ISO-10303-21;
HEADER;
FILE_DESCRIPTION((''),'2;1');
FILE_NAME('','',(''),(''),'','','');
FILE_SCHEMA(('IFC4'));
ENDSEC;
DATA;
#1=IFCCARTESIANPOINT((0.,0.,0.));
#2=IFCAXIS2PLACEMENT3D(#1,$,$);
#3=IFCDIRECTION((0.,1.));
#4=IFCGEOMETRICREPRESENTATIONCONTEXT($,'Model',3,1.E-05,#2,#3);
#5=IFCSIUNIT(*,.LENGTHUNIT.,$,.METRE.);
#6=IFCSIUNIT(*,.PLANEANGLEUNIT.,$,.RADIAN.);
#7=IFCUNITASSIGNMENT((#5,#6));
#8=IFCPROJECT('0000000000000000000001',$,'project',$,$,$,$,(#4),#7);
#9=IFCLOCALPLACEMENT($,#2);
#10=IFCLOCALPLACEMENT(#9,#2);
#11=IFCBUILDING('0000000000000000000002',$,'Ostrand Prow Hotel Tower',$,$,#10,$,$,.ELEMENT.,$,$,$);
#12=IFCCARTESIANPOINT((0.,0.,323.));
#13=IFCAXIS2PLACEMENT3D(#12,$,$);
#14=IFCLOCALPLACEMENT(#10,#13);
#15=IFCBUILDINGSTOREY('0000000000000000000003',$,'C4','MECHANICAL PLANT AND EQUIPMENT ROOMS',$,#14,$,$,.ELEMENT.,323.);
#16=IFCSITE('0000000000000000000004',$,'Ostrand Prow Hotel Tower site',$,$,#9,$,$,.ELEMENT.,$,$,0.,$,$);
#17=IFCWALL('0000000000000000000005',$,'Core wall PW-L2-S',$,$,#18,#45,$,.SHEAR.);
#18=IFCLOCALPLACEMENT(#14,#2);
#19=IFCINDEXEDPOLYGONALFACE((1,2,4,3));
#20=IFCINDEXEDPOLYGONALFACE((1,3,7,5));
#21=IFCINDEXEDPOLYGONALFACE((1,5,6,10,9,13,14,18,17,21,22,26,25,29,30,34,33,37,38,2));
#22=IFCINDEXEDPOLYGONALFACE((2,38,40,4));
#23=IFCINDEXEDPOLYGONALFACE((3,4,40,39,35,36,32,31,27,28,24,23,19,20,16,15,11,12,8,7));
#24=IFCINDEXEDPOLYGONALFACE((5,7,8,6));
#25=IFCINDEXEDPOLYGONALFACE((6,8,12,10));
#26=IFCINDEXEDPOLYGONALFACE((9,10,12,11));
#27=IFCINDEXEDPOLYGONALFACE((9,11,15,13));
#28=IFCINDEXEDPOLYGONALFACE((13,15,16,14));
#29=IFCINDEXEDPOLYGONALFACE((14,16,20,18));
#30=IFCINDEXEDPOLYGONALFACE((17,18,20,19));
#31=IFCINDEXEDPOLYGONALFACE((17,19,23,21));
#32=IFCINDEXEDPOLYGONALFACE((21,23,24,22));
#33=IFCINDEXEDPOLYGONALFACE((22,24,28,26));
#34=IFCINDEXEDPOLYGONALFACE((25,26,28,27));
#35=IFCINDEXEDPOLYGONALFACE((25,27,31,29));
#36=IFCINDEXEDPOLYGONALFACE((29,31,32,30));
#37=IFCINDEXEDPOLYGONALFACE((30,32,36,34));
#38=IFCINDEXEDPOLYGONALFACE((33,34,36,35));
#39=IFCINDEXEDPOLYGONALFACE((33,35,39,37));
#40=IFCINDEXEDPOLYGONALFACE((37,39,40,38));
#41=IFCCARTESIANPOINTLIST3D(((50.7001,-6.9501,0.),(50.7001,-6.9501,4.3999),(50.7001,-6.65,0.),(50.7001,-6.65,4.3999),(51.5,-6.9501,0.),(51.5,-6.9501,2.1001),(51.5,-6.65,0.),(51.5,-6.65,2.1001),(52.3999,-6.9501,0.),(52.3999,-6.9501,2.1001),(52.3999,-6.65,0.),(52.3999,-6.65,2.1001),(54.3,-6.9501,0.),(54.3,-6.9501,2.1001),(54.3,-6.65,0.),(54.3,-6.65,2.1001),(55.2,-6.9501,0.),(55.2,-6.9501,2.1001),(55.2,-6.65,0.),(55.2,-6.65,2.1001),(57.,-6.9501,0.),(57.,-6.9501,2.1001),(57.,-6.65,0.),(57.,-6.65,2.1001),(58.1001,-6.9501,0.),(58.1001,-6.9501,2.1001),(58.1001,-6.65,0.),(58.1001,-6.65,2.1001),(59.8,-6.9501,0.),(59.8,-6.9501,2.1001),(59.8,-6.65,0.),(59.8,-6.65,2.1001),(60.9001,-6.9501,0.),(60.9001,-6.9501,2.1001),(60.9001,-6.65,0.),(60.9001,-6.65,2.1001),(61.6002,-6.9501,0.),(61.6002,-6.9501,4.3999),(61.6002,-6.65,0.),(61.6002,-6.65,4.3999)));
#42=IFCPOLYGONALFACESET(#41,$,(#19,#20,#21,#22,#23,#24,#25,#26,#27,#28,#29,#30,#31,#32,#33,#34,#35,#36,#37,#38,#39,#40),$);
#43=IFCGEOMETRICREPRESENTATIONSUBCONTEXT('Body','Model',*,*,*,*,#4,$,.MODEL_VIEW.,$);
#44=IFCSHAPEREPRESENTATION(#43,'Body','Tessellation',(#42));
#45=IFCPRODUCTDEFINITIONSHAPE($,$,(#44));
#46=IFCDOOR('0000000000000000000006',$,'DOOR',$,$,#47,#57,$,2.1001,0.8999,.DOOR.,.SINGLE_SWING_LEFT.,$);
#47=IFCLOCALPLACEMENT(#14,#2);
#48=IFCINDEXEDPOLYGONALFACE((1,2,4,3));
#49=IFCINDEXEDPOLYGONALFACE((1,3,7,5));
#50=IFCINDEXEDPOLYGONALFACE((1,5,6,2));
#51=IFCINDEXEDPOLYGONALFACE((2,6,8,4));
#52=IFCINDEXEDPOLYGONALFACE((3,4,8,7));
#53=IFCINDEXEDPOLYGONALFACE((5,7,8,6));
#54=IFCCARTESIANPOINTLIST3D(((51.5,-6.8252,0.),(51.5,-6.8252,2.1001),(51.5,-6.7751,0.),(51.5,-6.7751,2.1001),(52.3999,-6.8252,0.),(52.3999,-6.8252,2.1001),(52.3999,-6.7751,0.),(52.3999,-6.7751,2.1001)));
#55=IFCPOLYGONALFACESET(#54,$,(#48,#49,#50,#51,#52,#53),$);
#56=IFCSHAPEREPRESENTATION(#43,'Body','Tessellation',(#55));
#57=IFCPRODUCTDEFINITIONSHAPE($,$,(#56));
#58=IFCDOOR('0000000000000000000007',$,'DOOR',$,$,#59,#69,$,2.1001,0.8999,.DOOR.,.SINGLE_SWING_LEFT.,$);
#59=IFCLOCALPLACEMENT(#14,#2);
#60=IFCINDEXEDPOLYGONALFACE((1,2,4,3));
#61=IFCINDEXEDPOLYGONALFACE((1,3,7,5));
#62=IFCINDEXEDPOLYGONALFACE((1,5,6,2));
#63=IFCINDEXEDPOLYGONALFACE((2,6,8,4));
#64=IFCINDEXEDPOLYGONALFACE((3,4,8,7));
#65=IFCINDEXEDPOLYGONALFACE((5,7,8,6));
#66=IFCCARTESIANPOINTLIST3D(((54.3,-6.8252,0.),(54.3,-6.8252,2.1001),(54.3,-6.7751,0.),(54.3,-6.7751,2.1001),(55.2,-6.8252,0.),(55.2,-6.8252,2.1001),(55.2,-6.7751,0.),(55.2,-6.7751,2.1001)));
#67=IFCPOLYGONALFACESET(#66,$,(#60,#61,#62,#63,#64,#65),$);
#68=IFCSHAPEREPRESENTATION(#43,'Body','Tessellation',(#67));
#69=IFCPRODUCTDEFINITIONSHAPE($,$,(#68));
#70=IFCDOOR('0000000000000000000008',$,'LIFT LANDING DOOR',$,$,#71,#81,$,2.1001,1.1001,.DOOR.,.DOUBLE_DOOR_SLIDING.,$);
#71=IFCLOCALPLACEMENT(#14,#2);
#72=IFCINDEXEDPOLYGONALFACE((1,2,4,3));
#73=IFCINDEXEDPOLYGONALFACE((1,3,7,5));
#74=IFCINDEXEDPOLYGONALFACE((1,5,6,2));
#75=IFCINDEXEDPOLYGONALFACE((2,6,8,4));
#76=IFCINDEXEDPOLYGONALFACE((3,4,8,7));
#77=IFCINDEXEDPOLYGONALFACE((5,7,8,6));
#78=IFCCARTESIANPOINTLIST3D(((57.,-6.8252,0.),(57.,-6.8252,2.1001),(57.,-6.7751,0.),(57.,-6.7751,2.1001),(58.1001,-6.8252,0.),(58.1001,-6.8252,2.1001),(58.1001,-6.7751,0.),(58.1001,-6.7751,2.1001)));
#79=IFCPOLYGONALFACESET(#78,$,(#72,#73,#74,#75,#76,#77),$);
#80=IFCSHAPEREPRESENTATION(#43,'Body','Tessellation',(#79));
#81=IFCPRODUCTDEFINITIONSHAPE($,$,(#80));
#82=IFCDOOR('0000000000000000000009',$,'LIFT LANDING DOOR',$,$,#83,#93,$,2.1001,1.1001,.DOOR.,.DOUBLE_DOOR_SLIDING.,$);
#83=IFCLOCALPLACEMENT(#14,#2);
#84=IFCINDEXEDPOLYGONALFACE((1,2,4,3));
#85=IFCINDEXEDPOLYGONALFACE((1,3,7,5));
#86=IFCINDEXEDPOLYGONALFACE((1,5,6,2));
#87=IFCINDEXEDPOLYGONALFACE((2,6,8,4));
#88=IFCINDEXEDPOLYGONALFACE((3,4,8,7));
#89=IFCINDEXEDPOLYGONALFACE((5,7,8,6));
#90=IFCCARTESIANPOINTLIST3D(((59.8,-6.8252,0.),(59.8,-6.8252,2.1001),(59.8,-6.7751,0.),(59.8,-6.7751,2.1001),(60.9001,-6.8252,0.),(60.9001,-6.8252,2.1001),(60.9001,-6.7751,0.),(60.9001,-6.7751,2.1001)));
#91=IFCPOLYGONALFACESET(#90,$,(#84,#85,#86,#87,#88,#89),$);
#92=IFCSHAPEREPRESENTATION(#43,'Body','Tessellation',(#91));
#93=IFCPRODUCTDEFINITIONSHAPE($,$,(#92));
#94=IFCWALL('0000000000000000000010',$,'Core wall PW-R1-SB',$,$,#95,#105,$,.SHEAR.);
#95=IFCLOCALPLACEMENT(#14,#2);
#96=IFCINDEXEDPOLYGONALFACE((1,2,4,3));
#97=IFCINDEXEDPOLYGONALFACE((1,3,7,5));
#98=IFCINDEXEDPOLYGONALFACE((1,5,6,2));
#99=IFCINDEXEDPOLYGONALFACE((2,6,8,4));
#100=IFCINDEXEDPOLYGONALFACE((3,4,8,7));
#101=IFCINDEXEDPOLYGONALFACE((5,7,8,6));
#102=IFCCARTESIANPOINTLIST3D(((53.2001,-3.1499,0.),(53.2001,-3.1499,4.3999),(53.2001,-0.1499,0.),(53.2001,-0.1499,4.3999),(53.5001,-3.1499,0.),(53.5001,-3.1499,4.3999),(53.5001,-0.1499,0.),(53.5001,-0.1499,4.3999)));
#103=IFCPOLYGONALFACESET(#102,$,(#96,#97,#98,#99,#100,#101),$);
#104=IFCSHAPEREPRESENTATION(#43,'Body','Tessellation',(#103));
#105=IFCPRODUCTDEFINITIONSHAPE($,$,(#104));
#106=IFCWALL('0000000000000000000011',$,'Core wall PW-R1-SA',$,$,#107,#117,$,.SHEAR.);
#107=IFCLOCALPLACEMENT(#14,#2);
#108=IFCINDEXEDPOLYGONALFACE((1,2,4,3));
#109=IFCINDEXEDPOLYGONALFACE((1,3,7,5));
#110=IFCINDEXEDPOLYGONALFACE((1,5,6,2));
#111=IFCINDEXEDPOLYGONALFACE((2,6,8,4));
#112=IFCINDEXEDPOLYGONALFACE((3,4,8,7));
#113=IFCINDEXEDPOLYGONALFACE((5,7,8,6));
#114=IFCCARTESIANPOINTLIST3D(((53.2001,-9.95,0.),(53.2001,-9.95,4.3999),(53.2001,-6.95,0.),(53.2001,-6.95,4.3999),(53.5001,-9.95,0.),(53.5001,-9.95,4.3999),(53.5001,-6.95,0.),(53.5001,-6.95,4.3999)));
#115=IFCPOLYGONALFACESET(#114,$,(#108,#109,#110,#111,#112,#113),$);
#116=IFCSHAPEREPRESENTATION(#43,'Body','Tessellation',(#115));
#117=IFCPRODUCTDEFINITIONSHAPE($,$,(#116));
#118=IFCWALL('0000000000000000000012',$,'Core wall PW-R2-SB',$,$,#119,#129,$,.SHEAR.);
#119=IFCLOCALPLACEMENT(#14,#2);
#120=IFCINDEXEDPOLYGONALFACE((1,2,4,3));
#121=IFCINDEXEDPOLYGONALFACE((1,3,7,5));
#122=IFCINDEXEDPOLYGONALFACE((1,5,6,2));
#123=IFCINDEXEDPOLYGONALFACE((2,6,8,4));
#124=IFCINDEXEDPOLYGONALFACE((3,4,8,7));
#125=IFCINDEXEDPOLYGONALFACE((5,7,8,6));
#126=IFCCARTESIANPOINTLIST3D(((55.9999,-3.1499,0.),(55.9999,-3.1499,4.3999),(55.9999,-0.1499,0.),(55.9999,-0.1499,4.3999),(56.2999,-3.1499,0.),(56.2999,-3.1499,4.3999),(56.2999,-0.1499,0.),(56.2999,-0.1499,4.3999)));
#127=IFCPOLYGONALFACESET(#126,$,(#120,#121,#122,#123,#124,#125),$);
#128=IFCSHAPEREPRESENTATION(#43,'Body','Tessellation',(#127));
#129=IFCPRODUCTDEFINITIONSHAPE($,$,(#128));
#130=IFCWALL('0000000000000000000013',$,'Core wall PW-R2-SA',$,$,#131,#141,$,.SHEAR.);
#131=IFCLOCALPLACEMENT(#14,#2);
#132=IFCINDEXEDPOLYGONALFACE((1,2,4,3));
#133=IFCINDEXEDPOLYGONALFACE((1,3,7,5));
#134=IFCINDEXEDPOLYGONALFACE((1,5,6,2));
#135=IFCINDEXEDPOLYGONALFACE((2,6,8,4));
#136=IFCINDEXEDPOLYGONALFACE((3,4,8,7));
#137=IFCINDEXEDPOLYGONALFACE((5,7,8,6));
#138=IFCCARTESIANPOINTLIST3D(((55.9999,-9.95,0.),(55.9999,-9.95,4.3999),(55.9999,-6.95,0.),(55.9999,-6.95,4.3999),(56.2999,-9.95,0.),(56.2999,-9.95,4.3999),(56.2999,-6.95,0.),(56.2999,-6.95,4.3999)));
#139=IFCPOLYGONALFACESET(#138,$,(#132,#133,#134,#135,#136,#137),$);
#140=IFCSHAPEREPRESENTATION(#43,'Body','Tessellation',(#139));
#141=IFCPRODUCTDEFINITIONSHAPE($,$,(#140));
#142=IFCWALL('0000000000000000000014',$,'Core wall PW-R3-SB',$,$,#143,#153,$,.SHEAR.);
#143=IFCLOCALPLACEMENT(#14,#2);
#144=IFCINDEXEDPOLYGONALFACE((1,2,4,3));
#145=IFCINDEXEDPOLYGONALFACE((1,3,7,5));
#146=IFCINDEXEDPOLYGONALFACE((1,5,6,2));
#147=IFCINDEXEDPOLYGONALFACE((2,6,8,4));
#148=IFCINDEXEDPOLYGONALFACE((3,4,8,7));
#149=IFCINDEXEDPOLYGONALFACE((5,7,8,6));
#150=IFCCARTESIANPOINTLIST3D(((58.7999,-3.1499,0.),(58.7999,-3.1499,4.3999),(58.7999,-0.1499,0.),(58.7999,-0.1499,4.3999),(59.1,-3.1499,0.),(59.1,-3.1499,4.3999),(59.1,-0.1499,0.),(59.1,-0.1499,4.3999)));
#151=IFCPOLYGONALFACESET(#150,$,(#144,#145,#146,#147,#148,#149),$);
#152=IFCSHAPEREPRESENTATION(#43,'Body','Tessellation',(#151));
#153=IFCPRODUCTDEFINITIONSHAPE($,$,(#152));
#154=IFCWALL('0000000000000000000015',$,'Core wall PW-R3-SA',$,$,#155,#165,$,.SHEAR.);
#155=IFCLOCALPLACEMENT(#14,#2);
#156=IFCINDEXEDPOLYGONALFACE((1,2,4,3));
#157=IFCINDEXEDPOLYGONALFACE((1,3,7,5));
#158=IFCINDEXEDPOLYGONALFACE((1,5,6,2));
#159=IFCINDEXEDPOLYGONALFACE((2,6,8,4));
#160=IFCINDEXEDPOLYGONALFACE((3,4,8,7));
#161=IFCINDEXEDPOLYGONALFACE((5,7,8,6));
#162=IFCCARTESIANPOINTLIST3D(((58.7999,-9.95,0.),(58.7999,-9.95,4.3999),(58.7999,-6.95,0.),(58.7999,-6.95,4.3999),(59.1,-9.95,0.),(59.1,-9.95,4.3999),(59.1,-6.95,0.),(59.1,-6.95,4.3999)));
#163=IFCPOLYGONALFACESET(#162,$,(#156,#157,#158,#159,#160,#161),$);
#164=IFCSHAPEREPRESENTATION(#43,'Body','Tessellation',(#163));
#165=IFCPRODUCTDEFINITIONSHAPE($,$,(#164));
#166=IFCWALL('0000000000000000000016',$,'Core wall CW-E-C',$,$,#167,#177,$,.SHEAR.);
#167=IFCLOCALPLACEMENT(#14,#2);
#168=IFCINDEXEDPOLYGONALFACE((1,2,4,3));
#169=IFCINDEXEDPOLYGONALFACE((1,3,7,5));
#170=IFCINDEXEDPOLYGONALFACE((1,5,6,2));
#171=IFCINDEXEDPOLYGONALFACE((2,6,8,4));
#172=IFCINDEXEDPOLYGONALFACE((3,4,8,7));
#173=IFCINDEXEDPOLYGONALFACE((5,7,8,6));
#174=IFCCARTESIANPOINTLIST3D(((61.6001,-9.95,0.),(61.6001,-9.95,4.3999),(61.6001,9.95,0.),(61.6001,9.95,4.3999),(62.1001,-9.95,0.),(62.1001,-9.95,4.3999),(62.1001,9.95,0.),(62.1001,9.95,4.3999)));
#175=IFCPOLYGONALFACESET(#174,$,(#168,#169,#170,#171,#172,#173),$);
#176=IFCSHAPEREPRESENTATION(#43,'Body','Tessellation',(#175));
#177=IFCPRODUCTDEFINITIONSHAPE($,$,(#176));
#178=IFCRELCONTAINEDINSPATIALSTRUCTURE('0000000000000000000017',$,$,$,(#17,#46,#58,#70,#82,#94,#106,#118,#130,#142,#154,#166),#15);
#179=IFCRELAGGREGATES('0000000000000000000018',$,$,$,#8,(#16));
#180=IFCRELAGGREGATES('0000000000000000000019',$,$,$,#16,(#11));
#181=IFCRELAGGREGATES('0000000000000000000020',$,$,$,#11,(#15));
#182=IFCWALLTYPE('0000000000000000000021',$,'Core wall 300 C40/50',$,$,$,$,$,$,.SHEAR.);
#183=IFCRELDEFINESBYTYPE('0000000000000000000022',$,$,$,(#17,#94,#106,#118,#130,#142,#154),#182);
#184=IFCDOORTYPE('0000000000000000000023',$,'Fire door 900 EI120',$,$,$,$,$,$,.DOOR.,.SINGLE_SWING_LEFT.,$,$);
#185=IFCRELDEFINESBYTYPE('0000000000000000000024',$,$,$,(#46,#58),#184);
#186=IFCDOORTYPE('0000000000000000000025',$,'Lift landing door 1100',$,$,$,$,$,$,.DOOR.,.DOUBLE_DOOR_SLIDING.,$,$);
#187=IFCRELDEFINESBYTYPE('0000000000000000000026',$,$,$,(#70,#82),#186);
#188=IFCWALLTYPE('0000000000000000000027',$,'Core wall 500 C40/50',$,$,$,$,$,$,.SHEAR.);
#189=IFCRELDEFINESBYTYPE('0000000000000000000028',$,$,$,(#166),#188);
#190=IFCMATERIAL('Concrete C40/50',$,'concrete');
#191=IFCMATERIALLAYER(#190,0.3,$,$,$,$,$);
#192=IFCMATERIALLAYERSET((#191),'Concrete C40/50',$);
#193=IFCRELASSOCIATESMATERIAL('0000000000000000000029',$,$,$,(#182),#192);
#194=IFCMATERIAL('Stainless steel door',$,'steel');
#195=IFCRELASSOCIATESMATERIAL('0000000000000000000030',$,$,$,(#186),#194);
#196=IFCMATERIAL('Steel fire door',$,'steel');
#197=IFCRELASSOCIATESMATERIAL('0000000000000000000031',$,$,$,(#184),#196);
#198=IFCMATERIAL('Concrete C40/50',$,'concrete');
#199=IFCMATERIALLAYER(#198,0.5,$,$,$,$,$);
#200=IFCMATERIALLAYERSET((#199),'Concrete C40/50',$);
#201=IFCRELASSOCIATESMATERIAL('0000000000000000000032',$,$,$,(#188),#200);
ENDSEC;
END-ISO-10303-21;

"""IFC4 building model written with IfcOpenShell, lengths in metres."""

from ifc_helpers import new_model, si_unit, direction, frame, frame_2d, origin, place, context, subcontext, project, spatial, rectangle, extrude, material, layer, layer_set, type_object, element, fill, save


model = new_model("IFC4")

# Units and contexts
model_context = context("Model", 3, precision=1e-05, world=origin(), true_north=direction((0.0, 1.0)))
body_context = subcontext(model_context, "Body", "Model", "MODEL_VIEW")
ifc_project = project(units=[si_unit("LENGTHUNIT", "METRE"), si_unit("PLANEANGLEUNIT", "RADIAN")], contexts=[model_context])

# Site, building, storey
site_placement = place(None, origin())
site = spatial("IfcSite", under=ifc_project, at=site_placement, Name="Ostrand Prow Hotel Tower site", CompositionType="ELEMENT", RefElevation=0.0)
building_placement = place(site_placement, origin())
building = spatial("IfcBuilding", under=site, at=building_placement, Name="Ostrand Prow Hotel Tower", CompositionType="ELEMENT")
storey_placement = place(building_placement, frame((0.0, 0.0, 323.0)))
storey = spatial("IfcBuildingStorey", under=building, at=storey_placement, Name="C4", Description="MECHANICAL PLANT AND EQUIPMENT ROOMS", CompositionType="ELEMENT", Elevation=323.0)

# Shared definitions
ifc_material_1 = material(Name="Concrete C40/50", Category="concrete")
ifc_layer_1 = layer(ifc_material_1, 0.3)
ifc_layer_set_1 = layer_set([ifc_layer_1], Name="Concrete C40/50")
wall_type_1 = type_object("IfcWallType", Name="Core wall 300 C40/50", PredefinedType="SHEAR", material=ifc_layer_set_1)

# Shared definitions
ifc_material_2 = material(Name="Stainless steel door", Category="steel")
door_type_1 = type_object("IfcDoorType", Name="Lift landing door 1100", OperationType="DOUBLE_DOOR_SLIDING", PredefinedType="DOOR", material=ifc_material_2)

# Wall, openings, doors
wall_1_placement = place(storey_placement, frame((50.7, -6.8, 0.0), z_axis=(0.0, 0.0, 1.0), x_axis=(1.0, 0.0, 0.0)))
wall_1 = element("IfcWall", 1, at=wall_1_placement, inside=storey, type_object=wall_type_1, Name="Core wall PW-L2-S", PredefinedType="SHEAR", context=body_context, shape_type="SweptSolid", body=[
    extrude(rectangle(XDim=10.9001, YDim=0.3, at=frame_2d((5.4502, 0.0))), origin(), (0.0, 0.0, 1.0), 4.3999),
])
opening_1_placement = place(wall_1_placement, frame((6.3, 0.0, 0.0)))
opening_1 = element("IfcOpeningElement", 2, at=opening_1_placement, cuts=wall_1, PredefinedType="OPENING", context=body_context, shape_type="SweptSolid", body=[
    extrude(rectangle(XDim=1.1001, YDim=2.1001, at=frame_2d((0.55, 1.05))), frame((0.0, 0.1599, 0.0), z_axis=(0.0, -1.0, 0.0), x_axis=(1.0, 0.0, 0.0)), (0.0, 0.0, 1.0), 0.3201),
])
opening_2_placement = place(wall_1_placement, frame((9.1001, 0.0, 0.0)))
opening_2 = element("IfcOpeningElement", 3, at=opening_2_placement, cuts=wall_1, PredefinedType="OPENING", context=body_context, shape_type="SweptSolid", body=[
    extrude(rectangle(XDim=1.1001, YDim=2.1001, at=frame_2d((0.55, 1.05))), frame((0.0, 0.1599, 0.0), z_axis=(0.0, -1.0, 0.0), x_axis=(1.0, 0.0, 0.0)), (0.0, 0.0, 1.0), 0.3201),
])
opening_3_placement = place(wall_1_placement, frame((0.8, 0.0, 0.0)))
opening_3 = element("IfcOpeningElement", 4, at=opening_3_placement, cuts=wall_1, PredefinedType="OPENING", context=body_context, shape_type="SweptSolid", body=[
    extrude(rectangle(XDim=0.8999, YDim=2.1001, at=frame_2d((0.45, 1.05))), frame((0.0, 0.1599, 0.0), z_axis=(0.0, -1.0, 0.0), x_axis=(1.0, 0.0, 0.0)), (0.0, 0.0, 1.0), 0.3201),
])
opening_4_placement = place(wall_1_placement, frame((3.6001, 0.0, 0.0)))
opening_4 = element("IfcOpeningElement", 5, at=opening_4_placement, cuts=wall_1, PredefinedType="OPENING", context=body_context, shape_type="SweptSolid", body=[
    extrude(rectangle(XDim=0.8999, YDim=2.1001, at=frame_2d((0.45, 1.05))), frame((0.0, 0.1599, 0.0), z_axis=(0.0, -1.0, 0.0), x_axis=(1.0, 0.0, 0.0)), (0.0, 0.0, 1.0), 0.3201),
])
ifc_material_3 = material(Name="Steel fire door", Category="steel")
door_type_2 = type_object("IfcDoorType", Name="Fire door 900 EI120", OperationType="SINGLE_SWING_LEFT", PredefinedType="DOOR", material=ifc_material_3)
door_1_placement = place(opening_3_placement, origin())
door_1 = element("IfcDoor", 6, at=door_1_placement, inside=storey, type_object=door_type_2, Name="DOOR", OperationType="SINGLE_SWING_LEFT", OverallHeight=2.1001, OverallWidth=0.8999, PredefinedType="DOOR", context=body_context, shape_type="SweptSolid", body=[
    extrude(rectangle(XDim=0.8999, YDim=2.1001, at=frame_2d((0.45, 1.05))), frame((0.0, 0.0249, 0.0), z_axis=(0.0, -1.0, 0.0), x_axis=(1.0, 0.0, 0.0)), (0.0, 0.0, 1.0), 0.05),
])
fill(opening_3, door_1)
door_2_placement = place(opening_4_placement, origin())
door_2 = element("IfcDoor", 7, at=door_2_placement, inside=storey, type_object=door_type_2, Name="DOOR", OperationType="SINGLE_SWING_LEFT", OverallHeight=2.1001, OverallWidth=0.8999, PredefinedType="DOOR", context=body_context, shape_type="SweptSolid", body=[
    extrude(rectangle(XDim=0.8999, YDim=2.1001, at=frame_2d((0.45, 1.05))), frame((0.0, 0.0249, 0.0), z_axis=(0.0, -1.0, 0.0), x_axis=(1.0, 0.0, 0.0)), (0.0, 0.0, 1.0), 0.05),
])
fill(opening_4, door_2)
door_3_placement = place(opening_1_placement, origin())
door_3 = element("IfcDoor", 8, at=door_3_placement, inside=storey, type_object=door_type_1, Name="LIFT LANDING DOOR", OperationType="DOUBLE_DOOR_SLIDING", OverallHeight=2.1001, OverallWidth=1.1001, PredefinedType="DOOR", context=body_context, shape_type="SweptSolid", body=[
    extrude(rectangle(XDim=1.1001, YDim=2.1001, at=frame_2d((0.55, 1.05))), frame((0.0, 0.0249, 0.0), z_axis=(0.0, -1.0, 0.0), x_axis=(1.0, 0.0, 0.0)), (0.0, 0.0, 1.0), 0.05),
])
fill(opening_1, door_3)
door_4_placement = place(opening_2_placement, origin())
door_4 = element("IfcDoor", 9, at=door_4_placement, inside=storey, type_object=door_type_1, Name="LIFT LANDING DOOR", OperationType="DOUBLE_DOOR_SLIDING", OverallHeight=2.1001, OverallWidth=1.1001, PredefinedType="DOOR", context=body_context, shape_type="SweptSolid", body=[
    extrude(rectangle(XDim=1.1001, YDim=2.1001, at=frame_2d((0.55, 1.05))), frame((0.0, 0.0249, 0.0), z_axis=(0.0, -1.0, 0.0), x_axis=(1.0, 0.0, 0.0)), (0.0, 0.0, 1.0), 0.05),
])
fill(opening_2, door_4)

# Walls
for number, where, z_axis, x_axis, name in (
    (10, (53.3501, -3.1499, 0.0), (0.0, 0.0, 1.0), (0.0, 1.0, 0.0), "Core wall PW-R1-SB"),
    (11, (53.3501, -9.95, 0.0), (0.0, 0.0, 1.0), (0.0, 1.0, 0.0), "Core wall PW-R1-SA"),
    (12, (56.1499, -3.1499, 0.0), (0.0, 0.0, 1.0), (0.0, 1.0, 0.0), "Core wall PW-R2-SB"),
    (13, (56.1499, -9.95, 0.0), (0.0, 0.0, 1.0), (0.0, 1.0, 0.0), "Core wall PW-R2-SA"),
    (14, (58.95, -3.1499, 0.0), (0.0, 0.0, 1.0), (0.0, 1.0, 0.0), "Core wall PW-R3-SB"),
    (15, (58.95, -9.95, 0.0), (0.0, 0.0, 1.0), (0.0, 1.0, 0.0), "Core wall PW-R3-SA"),
):
    element("IfcWall", number, at=place(storey_placement, frame(where, z_axis=z_axis, x_axis=x_axis)), inside=storey, type_object=wall_type_1, Name=name, PredefinedType="SHEAR", context=body_context, shape_type="SweptSolid", body=[
        extrude(rectangle(XDim=3.0, YDim=0.3, at=frame_2d((1.5, 0.0))), origin(), (0.0, 0.0, 1.0), 4.3999),
    ])
ifc_material_4 = material(Name="Concrete C40/50", Category="concrete")
ifc_layer_2 = layer(ifc_material_4, 0.5)
ifc_layer_set_2 = layer_set([ifc_layer_2], Name="Concrete C40/50")
wall_type_2 = type_object("IfcWallType", Name="Core wall 500 C40/50", PredefinedType="SHEAR", material=ifc_layer_set_2)
wall_2_placement = place(storey_placement, frame((61.8501, -9.95, 0.0), z_axis=(0.0, 0.0, 1.0), x_axis=(0.0, 1.0, 0.0)))
element("IfcWall", 16, at=wall_2_placement, inside=storey, type_object=wall_type_2, Name="Core wall CW-E-C", PredefinedType="SHEAR", context=body_context, shape_type="SweptSolid", body=[
    extrude(rectangle(XDim=19.8999, YDim=0.5, at=frame_2d((9.95, 0.0))), origin(), (0.0, 0.0, 1.0), 4.3999),
])

save(model, "model.ifc")
